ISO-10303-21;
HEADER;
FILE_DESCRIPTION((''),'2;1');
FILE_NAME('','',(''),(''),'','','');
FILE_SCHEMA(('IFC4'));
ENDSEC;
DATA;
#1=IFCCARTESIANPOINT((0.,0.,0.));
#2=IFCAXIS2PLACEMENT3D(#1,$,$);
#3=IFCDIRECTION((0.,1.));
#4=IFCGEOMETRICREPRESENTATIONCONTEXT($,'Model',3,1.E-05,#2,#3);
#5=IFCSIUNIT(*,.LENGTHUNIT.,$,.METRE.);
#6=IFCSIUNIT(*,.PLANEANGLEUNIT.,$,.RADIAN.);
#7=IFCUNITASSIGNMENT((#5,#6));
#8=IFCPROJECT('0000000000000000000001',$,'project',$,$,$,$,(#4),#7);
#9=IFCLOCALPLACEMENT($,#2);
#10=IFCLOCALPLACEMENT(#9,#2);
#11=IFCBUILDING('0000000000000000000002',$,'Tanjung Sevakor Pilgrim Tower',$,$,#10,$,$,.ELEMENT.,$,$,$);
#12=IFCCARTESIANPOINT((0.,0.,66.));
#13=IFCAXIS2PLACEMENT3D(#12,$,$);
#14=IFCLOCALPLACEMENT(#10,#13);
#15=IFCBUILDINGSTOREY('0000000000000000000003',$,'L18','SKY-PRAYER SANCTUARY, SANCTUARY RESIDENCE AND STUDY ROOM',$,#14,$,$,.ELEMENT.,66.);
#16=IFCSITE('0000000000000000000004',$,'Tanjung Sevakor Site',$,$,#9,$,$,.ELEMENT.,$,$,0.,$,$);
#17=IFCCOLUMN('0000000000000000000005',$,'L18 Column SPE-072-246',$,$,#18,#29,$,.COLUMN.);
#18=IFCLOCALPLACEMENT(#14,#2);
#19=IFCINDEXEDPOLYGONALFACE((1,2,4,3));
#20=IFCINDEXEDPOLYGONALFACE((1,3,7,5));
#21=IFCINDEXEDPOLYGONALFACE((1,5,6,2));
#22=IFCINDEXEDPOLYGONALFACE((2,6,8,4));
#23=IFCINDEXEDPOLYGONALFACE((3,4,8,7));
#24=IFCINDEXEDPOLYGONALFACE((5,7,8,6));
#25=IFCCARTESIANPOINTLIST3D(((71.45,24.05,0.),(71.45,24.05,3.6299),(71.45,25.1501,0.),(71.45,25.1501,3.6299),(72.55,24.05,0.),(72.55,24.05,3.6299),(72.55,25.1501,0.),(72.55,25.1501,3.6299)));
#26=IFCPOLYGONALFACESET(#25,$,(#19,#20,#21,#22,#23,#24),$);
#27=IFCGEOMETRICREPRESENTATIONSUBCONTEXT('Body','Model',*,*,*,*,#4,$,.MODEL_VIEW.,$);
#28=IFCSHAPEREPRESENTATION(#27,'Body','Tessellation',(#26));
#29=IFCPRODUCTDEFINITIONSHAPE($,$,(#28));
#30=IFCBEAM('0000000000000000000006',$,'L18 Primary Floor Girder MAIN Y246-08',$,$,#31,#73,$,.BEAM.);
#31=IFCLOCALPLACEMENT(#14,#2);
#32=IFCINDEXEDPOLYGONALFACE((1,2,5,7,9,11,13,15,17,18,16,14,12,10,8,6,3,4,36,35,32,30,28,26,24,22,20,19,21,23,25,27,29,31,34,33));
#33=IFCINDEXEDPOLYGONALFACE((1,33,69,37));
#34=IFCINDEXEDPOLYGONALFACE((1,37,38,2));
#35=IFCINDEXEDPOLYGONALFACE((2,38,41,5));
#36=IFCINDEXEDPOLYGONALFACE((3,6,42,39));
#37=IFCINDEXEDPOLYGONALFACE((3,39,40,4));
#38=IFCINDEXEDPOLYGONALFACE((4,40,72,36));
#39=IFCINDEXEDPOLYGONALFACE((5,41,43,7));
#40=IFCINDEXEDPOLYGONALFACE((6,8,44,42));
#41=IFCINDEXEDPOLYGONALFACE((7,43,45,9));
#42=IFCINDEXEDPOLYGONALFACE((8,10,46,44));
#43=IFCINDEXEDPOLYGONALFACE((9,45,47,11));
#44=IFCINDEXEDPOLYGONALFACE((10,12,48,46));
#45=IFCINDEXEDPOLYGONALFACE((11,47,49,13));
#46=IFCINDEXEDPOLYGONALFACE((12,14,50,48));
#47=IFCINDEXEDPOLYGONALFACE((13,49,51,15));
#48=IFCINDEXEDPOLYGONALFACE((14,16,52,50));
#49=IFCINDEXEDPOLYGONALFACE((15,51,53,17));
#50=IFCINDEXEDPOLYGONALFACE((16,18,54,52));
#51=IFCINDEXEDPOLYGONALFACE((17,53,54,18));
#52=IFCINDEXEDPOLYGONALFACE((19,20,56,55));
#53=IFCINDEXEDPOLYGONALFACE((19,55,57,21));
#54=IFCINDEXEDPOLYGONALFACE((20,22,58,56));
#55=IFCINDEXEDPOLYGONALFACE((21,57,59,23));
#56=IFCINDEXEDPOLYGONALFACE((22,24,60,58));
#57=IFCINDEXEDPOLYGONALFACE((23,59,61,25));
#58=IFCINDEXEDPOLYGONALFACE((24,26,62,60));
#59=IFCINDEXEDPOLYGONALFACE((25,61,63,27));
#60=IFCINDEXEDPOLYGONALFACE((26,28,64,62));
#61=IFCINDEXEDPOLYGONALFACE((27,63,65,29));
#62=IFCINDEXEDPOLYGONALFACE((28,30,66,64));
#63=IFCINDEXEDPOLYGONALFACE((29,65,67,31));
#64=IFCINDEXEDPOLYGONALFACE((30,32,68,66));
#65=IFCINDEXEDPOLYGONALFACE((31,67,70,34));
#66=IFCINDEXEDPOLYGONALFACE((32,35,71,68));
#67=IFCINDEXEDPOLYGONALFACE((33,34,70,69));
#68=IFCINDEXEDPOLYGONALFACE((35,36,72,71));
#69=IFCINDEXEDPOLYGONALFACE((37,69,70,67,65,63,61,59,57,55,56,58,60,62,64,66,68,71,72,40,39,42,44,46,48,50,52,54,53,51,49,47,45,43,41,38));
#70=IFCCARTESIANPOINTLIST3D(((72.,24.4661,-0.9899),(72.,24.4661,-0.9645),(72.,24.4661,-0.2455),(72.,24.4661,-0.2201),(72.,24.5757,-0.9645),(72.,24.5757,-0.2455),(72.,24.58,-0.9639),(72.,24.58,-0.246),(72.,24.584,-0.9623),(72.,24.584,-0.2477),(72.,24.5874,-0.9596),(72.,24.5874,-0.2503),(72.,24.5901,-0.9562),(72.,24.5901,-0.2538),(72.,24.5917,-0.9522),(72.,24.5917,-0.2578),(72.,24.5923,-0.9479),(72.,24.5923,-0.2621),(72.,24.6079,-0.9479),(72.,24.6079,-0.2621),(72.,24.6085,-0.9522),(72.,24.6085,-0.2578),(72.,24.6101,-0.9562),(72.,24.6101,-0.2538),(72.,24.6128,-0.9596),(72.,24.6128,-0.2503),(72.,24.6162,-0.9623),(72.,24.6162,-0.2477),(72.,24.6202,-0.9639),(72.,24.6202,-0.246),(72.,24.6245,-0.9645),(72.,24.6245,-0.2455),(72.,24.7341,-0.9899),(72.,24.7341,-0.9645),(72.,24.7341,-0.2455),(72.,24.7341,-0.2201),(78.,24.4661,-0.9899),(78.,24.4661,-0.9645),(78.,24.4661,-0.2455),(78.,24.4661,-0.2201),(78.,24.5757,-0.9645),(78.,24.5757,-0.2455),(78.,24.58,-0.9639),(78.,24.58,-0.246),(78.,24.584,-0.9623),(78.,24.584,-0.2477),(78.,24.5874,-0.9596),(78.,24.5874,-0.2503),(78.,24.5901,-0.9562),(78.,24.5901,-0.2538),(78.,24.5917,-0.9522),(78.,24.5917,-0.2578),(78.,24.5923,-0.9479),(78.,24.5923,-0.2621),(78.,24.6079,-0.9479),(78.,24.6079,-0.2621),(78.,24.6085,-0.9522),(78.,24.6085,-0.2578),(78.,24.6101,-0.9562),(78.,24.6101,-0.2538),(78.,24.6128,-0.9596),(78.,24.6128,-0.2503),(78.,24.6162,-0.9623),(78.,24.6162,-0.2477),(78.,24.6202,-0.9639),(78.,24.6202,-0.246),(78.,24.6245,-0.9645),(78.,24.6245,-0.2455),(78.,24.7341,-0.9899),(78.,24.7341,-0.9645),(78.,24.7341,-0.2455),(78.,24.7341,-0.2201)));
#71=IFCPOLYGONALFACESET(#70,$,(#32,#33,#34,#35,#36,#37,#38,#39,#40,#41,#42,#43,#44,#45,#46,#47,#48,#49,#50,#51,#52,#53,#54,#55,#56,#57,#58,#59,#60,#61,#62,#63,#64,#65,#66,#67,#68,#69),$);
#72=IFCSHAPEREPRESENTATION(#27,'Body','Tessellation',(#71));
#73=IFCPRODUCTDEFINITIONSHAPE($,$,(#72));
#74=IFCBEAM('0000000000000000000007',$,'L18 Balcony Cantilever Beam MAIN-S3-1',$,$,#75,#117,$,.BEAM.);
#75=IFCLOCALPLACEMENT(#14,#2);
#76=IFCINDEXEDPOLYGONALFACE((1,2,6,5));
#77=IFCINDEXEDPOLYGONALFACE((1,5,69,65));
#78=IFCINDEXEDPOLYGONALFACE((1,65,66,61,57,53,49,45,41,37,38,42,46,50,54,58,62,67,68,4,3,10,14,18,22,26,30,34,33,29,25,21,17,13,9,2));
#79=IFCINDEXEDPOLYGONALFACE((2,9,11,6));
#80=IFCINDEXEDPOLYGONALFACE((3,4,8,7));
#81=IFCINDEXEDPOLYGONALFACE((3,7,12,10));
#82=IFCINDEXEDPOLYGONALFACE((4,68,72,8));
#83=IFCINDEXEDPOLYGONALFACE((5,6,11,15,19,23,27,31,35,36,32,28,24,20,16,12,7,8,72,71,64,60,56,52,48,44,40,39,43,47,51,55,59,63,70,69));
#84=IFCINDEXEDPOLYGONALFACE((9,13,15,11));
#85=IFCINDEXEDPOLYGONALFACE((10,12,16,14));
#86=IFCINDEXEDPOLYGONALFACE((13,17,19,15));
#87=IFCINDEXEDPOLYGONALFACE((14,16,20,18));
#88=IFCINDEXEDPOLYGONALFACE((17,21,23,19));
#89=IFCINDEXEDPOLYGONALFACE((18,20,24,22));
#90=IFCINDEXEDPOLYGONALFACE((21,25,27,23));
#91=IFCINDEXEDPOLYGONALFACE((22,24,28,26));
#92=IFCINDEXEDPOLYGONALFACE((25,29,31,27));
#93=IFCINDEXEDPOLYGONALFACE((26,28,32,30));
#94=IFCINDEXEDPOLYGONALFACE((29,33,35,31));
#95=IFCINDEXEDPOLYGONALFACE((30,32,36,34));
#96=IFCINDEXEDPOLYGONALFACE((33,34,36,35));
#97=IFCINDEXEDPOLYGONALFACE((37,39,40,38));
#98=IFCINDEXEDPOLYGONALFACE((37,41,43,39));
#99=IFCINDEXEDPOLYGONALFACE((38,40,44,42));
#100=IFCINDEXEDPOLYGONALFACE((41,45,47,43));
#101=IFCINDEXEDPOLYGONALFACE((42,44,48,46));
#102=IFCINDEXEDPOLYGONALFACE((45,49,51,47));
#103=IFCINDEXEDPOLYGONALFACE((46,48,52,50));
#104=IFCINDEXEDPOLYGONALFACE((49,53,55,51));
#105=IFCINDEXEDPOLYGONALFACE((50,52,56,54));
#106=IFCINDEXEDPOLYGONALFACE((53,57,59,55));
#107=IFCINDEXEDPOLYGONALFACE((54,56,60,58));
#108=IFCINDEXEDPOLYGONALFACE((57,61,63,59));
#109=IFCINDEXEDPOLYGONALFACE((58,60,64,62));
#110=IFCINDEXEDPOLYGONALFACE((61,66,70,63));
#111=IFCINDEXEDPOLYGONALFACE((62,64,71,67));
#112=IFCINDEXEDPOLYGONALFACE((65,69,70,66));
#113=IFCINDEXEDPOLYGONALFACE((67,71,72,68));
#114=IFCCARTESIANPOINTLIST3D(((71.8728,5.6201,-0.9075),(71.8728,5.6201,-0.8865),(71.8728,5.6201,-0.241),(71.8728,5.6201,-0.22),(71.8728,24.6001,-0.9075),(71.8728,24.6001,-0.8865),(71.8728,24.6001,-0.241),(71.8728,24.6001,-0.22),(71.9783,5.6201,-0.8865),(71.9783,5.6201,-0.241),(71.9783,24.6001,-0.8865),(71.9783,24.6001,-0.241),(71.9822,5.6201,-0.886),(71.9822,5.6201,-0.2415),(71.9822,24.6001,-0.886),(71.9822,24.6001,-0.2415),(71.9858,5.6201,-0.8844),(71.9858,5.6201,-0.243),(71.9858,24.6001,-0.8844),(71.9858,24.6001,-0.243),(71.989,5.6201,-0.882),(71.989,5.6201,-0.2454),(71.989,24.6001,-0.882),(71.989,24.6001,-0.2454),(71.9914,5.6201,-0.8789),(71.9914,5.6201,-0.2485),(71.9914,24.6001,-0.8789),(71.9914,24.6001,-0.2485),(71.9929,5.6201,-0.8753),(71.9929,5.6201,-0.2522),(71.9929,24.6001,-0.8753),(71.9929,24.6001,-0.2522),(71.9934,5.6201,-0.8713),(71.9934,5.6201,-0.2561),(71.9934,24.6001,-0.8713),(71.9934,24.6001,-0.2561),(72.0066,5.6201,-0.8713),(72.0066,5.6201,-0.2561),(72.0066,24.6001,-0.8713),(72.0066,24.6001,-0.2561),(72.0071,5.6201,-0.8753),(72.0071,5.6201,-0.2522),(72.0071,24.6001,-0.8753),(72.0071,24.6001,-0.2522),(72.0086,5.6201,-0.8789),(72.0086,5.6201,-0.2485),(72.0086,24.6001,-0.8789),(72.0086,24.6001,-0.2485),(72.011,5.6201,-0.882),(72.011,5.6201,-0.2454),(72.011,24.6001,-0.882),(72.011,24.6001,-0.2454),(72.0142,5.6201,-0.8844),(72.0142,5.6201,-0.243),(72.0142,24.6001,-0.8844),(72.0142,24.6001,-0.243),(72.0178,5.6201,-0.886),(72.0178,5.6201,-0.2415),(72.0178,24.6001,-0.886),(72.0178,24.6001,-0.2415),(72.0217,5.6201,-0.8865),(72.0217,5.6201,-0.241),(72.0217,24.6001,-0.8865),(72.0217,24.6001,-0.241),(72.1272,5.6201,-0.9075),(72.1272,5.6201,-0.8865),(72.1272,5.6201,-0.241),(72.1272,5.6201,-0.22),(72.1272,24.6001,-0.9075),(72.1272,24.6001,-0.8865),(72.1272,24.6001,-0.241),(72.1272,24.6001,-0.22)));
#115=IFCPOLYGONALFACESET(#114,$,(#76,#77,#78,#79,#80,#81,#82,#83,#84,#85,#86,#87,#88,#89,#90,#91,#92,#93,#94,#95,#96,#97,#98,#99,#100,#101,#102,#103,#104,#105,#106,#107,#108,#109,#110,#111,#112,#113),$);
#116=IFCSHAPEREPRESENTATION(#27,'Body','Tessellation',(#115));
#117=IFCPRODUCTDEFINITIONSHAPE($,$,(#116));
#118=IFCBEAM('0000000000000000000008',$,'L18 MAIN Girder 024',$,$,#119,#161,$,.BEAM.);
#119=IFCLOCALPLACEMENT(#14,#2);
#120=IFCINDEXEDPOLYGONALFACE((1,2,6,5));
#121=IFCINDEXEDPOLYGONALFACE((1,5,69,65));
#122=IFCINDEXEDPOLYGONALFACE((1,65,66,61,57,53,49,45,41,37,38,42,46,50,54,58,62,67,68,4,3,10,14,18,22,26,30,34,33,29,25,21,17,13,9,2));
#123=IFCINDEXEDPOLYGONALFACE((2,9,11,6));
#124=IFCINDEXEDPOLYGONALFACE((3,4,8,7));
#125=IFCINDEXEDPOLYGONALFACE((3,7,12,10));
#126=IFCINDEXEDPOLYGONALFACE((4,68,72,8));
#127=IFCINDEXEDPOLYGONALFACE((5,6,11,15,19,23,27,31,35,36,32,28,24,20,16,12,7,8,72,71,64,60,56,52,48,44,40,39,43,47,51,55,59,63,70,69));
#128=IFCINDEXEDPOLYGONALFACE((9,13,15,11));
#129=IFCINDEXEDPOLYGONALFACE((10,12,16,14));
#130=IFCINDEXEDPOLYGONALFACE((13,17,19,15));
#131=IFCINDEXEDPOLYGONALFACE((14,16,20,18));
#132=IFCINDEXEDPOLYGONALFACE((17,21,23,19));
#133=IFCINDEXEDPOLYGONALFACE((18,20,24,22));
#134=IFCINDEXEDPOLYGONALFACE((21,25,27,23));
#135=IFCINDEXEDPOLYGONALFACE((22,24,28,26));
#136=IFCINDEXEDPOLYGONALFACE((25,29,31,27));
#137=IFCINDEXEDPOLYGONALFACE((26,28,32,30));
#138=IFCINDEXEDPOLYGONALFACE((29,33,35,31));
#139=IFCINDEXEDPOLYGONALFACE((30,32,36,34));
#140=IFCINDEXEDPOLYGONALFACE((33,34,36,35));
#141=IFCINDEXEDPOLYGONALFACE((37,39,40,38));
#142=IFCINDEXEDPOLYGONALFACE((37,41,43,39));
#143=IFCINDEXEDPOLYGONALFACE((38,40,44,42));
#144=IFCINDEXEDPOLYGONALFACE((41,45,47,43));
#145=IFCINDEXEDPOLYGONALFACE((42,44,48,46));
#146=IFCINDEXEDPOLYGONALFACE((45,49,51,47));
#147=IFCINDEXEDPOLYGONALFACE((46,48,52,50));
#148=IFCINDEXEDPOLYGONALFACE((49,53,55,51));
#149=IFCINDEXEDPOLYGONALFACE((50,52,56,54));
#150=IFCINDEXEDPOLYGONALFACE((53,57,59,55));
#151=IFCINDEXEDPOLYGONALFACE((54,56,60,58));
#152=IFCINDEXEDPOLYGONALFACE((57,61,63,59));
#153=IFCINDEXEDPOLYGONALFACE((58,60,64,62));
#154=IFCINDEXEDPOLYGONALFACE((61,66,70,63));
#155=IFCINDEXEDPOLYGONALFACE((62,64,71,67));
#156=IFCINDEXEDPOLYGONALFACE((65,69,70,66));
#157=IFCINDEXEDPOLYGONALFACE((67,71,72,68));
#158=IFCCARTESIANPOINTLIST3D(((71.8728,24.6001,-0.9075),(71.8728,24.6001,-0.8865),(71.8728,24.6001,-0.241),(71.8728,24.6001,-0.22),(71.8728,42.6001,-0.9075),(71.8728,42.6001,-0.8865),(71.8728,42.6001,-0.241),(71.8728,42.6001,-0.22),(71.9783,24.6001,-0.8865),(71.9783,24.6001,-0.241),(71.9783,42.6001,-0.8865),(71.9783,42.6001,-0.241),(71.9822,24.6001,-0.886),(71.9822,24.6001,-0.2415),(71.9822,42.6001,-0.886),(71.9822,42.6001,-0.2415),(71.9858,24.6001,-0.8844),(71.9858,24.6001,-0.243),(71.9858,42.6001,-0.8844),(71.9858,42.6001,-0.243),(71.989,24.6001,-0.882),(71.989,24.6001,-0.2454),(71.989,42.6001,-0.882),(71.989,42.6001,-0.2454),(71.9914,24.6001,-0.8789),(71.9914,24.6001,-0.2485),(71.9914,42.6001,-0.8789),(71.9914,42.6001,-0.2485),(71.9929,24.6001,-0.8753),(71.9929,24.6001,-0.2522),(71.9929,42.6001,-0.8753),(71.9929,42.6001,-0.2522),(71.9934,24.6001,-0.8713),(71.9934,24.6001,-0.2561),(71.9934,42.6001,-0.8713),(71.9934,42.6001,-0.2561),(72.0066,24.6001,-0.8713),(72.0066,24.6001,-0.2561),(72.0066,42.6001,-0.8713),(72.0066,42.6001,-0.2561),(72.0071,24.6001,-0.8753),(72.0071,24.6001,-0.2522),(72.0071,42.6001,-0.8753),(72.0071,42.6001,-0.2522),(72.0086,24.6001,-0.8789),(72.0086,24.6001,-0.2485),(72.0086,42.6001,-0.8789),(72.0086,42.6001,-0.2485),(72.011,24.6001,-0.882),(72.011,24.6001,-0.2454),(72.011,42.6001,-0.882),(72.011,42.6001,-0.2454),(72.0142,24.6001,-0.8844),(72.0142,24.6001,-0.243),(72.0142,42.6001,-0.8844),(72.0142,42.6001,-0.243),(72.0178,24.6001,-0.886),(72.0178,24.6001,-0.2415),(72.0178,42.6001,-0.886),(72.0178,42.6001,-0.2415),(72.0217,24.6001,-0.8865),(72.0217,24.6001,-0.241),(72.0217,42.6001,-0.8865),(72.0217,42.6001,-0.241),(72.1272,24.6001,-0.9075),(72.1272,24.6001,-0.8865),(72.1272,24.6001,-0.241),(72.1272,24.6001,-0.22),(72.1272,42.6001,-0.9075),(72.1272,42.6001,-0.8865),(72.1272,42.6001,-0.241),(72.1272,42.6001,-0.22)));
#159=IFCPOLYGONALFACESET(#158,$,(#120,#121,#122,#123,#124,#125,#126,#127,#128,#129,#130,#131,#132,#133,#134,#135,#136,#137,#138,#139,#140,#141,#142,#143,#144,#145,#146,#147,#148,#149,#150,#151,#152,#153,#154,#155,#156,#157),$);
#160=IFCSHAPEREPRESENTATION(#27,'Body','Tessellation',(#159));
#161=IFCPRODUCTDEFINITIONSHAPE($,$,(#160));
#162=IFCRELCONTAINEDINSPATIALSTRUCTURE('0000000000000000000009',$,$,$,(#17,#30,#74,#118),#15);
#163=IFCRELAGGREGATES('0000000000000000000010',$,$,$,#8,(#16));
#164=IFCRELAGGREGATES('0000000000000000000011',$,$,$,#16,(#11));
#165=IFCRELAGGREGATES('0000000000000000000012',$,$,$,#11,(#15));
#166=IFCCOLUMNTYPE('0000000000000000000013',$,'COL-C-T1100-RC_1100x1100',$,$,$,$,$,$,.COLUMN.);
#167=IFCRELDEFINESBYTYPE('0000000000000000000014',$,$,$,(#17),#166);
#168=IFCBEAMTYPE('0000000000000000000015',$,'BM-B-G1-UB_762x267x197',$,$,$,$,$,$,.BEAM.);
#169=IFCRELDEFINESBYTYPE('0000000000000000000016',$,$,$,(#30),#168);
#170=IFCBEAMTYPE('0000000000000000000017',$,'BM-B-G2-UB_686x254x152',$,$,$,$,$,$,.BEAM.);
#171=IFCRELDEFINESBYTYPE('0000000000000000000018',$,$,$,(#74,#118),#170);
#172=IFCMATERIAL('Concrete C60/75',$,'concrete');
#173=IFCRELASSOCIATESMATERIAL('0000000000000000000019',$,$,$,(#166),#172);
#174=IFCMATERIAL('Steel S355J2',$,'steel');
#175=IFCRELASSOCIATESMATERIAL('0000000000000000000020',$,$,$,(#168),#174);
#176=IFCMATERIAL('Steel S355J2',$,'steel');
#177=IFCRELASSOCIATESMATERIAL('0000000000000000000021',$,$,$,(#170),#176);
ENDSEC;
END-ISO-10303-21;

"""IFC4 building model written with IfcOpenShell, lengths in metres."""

from ifc_helpers import new_model, si_unit, direction, frame, origin, origin_2d, place, context, subcontext, project, spatial, rectangle, i_section, extrude, material, material_profile, profile_set, type_object, element, save


model = new_model("IFC4")

# Units and contexts
model_context = context("Model", 3, precision=1e-05, world=origin(), true_north=direction((0.0, 1.0)))
body_context = subcontext(model_context, "Body", "Model", "MODEL_VIEW")
ifc_project = project(units=[si_unit("LENGTHUNIT", "METRE"), si_unit("PLANEANGLEUNIT", "RADIAN")], contexts=[model_context])

# Site, building, storey
site_placement = place(None, origin())
site = spatial("IfcSite", under=ifc_project, at=site_placement, Name="Tanjung Sevakor Site", CompositionType="ELEMENT", RefElevation=0.0)
building_placement = place(site_placement, origin())
building = spatial("IfcBuilding", under=site, at=building_placement, Name="Tanjung Sevakor Pilgrim Tower", CompositionType="ELEMENT")
storey_placement = place(building_placement, frame((0.0, 0.0, 66.0)))
storey = spatial("IfcBuildingStorey", under=building, at=storey_placement, Name="L18", Description="SKY-PRAYER SANCTUARY, SANCTUARY RESIDENCE AND STUDY ROOM", CompositionType="ELEMENT", Elevation=66.0)

# Column
ifc_material_1 = material(Name="Concrete C60/75", Category="concrete")
ifc_material_profile_1 = material_profile(ifc_material_1, rectangle(XDim=1.1001, YDim=1.1001, at=origin_2d()))
ifc_profile_set_1 = profile_set([ifc_material_profile_1], Name="Concrete C60/75")
column_type = type_object("IfcColumnType", Name="COL-C-T1100-RC_1100x1100", PredefinedType="COLUMN", material=ifc_profile_set_1)
column_placement = place(storey_placement, frame((72.0, 24.6001, 0.0), z_axis=(0.0, 0.0, 1.0), x_axis=(1.0, 0.0, 0.0)))
element("IfcColumn", 1, at=column_placement, inside=storey, type_object=column_type, Name="L18 Column SPE-072-246", PredefinedType="COLUMN", context=body_context, shape_type="SweptSolid", body=[
    extrude(rectangle(XDim=1.1001, YDim=1.1001, at=origin_2d()), origin(), (0.0, 0.0, 1.0), 3.6299),
])

# Beams
ifc_material_2 = material(Name="Steel S355J2", Category="steel")
ifc_material_profile_2 = material_profile(ifc_material_2, i_section(OverallWidth=0.2681, OverallDepth=0.7698, WebThickness=0.0156, FlangeThickness=0.0254, FilletRadius=0.0166, at=origin_2d()))
ifc_profile_set_2 = profile_set([ifc_material_profile_2], Name="Steel S355J2")
beam_type_1 = type_object("IfcBeamType", Name="BM-B-G1-UB_762x267x197", PredefinedType="BEAM", material=ifc_profile_set_2)
beam_1_placement = place(storey_placement, frame((72.0, 24.6001, -0.605), z_axis=(1.0, 0.0, 0.0), x_axis=(0.0, 1.0, 0.0)))
element("IfcBeam", 2, at=beam_1_placement, inside=storey, type_object=beam_type_1, Name="L18 Primary Floor Girder MAIN Y246-08", PredefinedType="BEAM", context=body_context, shape_type="SweptSolid", body=[
    extrude(i_section(OverallWidth=0.2681, OverallDepth=0.7698, WebThickness=0.0156, FlangeThickness=0.0254, FilletRadius=0.0166, at=origin_2d()), origin(), (0.0, 0.0, 1.0), 6.0),
])
ifc_material_3 = material(Name="Steel S355J2", Category="steel")
ifc_material_profile_3 = material_profile(ifc_material_3, i_section(OverallWidth=0.2544, OverallDepth=0.6875, WebThickness=0.0132, FlangeThickness=0.021, FilletRadius=0.0151, at=origin_2d()))
ifc_profile_set_3 = profile_set([ifc_material_profile_3], Name="Steel S355J2")
beam_type_2 = type_object("IfcBeamType", Name="BM-B-G2-UB_686x254x152", PredefinedType="BEAM", material=ifc_profile_set_3)
beam_2_placement = place(storey_placement, frame((72.0, 24.6001, -0.5637), z_axis=(0.0, -1.0, 0.0), x_axis=(1.0, 0.0, 0.0)))
element("IfcBeam", 3, at=beam_2_placement, inside=storey, type_object=beam_type_2, Name="L18 Balcony Cantilever Beam MAIN-S3-1", PredefinedType="BEAM", context=body_context, shape_type="SweptSolid", body=[
    extrude(i_section(OverallWidth=0.2544, OverallDepth=0.6875, WebThickness=0.0132, FlangeThickness=0.021, FilletRadius=0.0151, at=origin_2d()), origin(), (0.0, 0.0, 1.0), 18.98),
])
beam_3_placement = place(storey_placement, frame((72.0, 24.6001, -0.5637), z_axis=(0.0, 1.0, 0.0), x_axis=(-1.0, 0.0, 0.0)))
element("IfcBeam", 4, at=beam_3_placement, inside=storey, type_object=beam_type_2, Name="L18 MAIN Girder 024", PredefinedType="BEAM", context=body_context, shape_type="SweptSolid", body=[
    extrude(i_section(OverallWidth=0.2544, OverallDepth=0.6875, WebThickness=0.0132, FlangeThickness=0.021, FilletRadius=0.0151, at=origin_2d()), origin(), (0.0, 0.0, 1.0), 18.0),
])

save(model, "model.ifc")
